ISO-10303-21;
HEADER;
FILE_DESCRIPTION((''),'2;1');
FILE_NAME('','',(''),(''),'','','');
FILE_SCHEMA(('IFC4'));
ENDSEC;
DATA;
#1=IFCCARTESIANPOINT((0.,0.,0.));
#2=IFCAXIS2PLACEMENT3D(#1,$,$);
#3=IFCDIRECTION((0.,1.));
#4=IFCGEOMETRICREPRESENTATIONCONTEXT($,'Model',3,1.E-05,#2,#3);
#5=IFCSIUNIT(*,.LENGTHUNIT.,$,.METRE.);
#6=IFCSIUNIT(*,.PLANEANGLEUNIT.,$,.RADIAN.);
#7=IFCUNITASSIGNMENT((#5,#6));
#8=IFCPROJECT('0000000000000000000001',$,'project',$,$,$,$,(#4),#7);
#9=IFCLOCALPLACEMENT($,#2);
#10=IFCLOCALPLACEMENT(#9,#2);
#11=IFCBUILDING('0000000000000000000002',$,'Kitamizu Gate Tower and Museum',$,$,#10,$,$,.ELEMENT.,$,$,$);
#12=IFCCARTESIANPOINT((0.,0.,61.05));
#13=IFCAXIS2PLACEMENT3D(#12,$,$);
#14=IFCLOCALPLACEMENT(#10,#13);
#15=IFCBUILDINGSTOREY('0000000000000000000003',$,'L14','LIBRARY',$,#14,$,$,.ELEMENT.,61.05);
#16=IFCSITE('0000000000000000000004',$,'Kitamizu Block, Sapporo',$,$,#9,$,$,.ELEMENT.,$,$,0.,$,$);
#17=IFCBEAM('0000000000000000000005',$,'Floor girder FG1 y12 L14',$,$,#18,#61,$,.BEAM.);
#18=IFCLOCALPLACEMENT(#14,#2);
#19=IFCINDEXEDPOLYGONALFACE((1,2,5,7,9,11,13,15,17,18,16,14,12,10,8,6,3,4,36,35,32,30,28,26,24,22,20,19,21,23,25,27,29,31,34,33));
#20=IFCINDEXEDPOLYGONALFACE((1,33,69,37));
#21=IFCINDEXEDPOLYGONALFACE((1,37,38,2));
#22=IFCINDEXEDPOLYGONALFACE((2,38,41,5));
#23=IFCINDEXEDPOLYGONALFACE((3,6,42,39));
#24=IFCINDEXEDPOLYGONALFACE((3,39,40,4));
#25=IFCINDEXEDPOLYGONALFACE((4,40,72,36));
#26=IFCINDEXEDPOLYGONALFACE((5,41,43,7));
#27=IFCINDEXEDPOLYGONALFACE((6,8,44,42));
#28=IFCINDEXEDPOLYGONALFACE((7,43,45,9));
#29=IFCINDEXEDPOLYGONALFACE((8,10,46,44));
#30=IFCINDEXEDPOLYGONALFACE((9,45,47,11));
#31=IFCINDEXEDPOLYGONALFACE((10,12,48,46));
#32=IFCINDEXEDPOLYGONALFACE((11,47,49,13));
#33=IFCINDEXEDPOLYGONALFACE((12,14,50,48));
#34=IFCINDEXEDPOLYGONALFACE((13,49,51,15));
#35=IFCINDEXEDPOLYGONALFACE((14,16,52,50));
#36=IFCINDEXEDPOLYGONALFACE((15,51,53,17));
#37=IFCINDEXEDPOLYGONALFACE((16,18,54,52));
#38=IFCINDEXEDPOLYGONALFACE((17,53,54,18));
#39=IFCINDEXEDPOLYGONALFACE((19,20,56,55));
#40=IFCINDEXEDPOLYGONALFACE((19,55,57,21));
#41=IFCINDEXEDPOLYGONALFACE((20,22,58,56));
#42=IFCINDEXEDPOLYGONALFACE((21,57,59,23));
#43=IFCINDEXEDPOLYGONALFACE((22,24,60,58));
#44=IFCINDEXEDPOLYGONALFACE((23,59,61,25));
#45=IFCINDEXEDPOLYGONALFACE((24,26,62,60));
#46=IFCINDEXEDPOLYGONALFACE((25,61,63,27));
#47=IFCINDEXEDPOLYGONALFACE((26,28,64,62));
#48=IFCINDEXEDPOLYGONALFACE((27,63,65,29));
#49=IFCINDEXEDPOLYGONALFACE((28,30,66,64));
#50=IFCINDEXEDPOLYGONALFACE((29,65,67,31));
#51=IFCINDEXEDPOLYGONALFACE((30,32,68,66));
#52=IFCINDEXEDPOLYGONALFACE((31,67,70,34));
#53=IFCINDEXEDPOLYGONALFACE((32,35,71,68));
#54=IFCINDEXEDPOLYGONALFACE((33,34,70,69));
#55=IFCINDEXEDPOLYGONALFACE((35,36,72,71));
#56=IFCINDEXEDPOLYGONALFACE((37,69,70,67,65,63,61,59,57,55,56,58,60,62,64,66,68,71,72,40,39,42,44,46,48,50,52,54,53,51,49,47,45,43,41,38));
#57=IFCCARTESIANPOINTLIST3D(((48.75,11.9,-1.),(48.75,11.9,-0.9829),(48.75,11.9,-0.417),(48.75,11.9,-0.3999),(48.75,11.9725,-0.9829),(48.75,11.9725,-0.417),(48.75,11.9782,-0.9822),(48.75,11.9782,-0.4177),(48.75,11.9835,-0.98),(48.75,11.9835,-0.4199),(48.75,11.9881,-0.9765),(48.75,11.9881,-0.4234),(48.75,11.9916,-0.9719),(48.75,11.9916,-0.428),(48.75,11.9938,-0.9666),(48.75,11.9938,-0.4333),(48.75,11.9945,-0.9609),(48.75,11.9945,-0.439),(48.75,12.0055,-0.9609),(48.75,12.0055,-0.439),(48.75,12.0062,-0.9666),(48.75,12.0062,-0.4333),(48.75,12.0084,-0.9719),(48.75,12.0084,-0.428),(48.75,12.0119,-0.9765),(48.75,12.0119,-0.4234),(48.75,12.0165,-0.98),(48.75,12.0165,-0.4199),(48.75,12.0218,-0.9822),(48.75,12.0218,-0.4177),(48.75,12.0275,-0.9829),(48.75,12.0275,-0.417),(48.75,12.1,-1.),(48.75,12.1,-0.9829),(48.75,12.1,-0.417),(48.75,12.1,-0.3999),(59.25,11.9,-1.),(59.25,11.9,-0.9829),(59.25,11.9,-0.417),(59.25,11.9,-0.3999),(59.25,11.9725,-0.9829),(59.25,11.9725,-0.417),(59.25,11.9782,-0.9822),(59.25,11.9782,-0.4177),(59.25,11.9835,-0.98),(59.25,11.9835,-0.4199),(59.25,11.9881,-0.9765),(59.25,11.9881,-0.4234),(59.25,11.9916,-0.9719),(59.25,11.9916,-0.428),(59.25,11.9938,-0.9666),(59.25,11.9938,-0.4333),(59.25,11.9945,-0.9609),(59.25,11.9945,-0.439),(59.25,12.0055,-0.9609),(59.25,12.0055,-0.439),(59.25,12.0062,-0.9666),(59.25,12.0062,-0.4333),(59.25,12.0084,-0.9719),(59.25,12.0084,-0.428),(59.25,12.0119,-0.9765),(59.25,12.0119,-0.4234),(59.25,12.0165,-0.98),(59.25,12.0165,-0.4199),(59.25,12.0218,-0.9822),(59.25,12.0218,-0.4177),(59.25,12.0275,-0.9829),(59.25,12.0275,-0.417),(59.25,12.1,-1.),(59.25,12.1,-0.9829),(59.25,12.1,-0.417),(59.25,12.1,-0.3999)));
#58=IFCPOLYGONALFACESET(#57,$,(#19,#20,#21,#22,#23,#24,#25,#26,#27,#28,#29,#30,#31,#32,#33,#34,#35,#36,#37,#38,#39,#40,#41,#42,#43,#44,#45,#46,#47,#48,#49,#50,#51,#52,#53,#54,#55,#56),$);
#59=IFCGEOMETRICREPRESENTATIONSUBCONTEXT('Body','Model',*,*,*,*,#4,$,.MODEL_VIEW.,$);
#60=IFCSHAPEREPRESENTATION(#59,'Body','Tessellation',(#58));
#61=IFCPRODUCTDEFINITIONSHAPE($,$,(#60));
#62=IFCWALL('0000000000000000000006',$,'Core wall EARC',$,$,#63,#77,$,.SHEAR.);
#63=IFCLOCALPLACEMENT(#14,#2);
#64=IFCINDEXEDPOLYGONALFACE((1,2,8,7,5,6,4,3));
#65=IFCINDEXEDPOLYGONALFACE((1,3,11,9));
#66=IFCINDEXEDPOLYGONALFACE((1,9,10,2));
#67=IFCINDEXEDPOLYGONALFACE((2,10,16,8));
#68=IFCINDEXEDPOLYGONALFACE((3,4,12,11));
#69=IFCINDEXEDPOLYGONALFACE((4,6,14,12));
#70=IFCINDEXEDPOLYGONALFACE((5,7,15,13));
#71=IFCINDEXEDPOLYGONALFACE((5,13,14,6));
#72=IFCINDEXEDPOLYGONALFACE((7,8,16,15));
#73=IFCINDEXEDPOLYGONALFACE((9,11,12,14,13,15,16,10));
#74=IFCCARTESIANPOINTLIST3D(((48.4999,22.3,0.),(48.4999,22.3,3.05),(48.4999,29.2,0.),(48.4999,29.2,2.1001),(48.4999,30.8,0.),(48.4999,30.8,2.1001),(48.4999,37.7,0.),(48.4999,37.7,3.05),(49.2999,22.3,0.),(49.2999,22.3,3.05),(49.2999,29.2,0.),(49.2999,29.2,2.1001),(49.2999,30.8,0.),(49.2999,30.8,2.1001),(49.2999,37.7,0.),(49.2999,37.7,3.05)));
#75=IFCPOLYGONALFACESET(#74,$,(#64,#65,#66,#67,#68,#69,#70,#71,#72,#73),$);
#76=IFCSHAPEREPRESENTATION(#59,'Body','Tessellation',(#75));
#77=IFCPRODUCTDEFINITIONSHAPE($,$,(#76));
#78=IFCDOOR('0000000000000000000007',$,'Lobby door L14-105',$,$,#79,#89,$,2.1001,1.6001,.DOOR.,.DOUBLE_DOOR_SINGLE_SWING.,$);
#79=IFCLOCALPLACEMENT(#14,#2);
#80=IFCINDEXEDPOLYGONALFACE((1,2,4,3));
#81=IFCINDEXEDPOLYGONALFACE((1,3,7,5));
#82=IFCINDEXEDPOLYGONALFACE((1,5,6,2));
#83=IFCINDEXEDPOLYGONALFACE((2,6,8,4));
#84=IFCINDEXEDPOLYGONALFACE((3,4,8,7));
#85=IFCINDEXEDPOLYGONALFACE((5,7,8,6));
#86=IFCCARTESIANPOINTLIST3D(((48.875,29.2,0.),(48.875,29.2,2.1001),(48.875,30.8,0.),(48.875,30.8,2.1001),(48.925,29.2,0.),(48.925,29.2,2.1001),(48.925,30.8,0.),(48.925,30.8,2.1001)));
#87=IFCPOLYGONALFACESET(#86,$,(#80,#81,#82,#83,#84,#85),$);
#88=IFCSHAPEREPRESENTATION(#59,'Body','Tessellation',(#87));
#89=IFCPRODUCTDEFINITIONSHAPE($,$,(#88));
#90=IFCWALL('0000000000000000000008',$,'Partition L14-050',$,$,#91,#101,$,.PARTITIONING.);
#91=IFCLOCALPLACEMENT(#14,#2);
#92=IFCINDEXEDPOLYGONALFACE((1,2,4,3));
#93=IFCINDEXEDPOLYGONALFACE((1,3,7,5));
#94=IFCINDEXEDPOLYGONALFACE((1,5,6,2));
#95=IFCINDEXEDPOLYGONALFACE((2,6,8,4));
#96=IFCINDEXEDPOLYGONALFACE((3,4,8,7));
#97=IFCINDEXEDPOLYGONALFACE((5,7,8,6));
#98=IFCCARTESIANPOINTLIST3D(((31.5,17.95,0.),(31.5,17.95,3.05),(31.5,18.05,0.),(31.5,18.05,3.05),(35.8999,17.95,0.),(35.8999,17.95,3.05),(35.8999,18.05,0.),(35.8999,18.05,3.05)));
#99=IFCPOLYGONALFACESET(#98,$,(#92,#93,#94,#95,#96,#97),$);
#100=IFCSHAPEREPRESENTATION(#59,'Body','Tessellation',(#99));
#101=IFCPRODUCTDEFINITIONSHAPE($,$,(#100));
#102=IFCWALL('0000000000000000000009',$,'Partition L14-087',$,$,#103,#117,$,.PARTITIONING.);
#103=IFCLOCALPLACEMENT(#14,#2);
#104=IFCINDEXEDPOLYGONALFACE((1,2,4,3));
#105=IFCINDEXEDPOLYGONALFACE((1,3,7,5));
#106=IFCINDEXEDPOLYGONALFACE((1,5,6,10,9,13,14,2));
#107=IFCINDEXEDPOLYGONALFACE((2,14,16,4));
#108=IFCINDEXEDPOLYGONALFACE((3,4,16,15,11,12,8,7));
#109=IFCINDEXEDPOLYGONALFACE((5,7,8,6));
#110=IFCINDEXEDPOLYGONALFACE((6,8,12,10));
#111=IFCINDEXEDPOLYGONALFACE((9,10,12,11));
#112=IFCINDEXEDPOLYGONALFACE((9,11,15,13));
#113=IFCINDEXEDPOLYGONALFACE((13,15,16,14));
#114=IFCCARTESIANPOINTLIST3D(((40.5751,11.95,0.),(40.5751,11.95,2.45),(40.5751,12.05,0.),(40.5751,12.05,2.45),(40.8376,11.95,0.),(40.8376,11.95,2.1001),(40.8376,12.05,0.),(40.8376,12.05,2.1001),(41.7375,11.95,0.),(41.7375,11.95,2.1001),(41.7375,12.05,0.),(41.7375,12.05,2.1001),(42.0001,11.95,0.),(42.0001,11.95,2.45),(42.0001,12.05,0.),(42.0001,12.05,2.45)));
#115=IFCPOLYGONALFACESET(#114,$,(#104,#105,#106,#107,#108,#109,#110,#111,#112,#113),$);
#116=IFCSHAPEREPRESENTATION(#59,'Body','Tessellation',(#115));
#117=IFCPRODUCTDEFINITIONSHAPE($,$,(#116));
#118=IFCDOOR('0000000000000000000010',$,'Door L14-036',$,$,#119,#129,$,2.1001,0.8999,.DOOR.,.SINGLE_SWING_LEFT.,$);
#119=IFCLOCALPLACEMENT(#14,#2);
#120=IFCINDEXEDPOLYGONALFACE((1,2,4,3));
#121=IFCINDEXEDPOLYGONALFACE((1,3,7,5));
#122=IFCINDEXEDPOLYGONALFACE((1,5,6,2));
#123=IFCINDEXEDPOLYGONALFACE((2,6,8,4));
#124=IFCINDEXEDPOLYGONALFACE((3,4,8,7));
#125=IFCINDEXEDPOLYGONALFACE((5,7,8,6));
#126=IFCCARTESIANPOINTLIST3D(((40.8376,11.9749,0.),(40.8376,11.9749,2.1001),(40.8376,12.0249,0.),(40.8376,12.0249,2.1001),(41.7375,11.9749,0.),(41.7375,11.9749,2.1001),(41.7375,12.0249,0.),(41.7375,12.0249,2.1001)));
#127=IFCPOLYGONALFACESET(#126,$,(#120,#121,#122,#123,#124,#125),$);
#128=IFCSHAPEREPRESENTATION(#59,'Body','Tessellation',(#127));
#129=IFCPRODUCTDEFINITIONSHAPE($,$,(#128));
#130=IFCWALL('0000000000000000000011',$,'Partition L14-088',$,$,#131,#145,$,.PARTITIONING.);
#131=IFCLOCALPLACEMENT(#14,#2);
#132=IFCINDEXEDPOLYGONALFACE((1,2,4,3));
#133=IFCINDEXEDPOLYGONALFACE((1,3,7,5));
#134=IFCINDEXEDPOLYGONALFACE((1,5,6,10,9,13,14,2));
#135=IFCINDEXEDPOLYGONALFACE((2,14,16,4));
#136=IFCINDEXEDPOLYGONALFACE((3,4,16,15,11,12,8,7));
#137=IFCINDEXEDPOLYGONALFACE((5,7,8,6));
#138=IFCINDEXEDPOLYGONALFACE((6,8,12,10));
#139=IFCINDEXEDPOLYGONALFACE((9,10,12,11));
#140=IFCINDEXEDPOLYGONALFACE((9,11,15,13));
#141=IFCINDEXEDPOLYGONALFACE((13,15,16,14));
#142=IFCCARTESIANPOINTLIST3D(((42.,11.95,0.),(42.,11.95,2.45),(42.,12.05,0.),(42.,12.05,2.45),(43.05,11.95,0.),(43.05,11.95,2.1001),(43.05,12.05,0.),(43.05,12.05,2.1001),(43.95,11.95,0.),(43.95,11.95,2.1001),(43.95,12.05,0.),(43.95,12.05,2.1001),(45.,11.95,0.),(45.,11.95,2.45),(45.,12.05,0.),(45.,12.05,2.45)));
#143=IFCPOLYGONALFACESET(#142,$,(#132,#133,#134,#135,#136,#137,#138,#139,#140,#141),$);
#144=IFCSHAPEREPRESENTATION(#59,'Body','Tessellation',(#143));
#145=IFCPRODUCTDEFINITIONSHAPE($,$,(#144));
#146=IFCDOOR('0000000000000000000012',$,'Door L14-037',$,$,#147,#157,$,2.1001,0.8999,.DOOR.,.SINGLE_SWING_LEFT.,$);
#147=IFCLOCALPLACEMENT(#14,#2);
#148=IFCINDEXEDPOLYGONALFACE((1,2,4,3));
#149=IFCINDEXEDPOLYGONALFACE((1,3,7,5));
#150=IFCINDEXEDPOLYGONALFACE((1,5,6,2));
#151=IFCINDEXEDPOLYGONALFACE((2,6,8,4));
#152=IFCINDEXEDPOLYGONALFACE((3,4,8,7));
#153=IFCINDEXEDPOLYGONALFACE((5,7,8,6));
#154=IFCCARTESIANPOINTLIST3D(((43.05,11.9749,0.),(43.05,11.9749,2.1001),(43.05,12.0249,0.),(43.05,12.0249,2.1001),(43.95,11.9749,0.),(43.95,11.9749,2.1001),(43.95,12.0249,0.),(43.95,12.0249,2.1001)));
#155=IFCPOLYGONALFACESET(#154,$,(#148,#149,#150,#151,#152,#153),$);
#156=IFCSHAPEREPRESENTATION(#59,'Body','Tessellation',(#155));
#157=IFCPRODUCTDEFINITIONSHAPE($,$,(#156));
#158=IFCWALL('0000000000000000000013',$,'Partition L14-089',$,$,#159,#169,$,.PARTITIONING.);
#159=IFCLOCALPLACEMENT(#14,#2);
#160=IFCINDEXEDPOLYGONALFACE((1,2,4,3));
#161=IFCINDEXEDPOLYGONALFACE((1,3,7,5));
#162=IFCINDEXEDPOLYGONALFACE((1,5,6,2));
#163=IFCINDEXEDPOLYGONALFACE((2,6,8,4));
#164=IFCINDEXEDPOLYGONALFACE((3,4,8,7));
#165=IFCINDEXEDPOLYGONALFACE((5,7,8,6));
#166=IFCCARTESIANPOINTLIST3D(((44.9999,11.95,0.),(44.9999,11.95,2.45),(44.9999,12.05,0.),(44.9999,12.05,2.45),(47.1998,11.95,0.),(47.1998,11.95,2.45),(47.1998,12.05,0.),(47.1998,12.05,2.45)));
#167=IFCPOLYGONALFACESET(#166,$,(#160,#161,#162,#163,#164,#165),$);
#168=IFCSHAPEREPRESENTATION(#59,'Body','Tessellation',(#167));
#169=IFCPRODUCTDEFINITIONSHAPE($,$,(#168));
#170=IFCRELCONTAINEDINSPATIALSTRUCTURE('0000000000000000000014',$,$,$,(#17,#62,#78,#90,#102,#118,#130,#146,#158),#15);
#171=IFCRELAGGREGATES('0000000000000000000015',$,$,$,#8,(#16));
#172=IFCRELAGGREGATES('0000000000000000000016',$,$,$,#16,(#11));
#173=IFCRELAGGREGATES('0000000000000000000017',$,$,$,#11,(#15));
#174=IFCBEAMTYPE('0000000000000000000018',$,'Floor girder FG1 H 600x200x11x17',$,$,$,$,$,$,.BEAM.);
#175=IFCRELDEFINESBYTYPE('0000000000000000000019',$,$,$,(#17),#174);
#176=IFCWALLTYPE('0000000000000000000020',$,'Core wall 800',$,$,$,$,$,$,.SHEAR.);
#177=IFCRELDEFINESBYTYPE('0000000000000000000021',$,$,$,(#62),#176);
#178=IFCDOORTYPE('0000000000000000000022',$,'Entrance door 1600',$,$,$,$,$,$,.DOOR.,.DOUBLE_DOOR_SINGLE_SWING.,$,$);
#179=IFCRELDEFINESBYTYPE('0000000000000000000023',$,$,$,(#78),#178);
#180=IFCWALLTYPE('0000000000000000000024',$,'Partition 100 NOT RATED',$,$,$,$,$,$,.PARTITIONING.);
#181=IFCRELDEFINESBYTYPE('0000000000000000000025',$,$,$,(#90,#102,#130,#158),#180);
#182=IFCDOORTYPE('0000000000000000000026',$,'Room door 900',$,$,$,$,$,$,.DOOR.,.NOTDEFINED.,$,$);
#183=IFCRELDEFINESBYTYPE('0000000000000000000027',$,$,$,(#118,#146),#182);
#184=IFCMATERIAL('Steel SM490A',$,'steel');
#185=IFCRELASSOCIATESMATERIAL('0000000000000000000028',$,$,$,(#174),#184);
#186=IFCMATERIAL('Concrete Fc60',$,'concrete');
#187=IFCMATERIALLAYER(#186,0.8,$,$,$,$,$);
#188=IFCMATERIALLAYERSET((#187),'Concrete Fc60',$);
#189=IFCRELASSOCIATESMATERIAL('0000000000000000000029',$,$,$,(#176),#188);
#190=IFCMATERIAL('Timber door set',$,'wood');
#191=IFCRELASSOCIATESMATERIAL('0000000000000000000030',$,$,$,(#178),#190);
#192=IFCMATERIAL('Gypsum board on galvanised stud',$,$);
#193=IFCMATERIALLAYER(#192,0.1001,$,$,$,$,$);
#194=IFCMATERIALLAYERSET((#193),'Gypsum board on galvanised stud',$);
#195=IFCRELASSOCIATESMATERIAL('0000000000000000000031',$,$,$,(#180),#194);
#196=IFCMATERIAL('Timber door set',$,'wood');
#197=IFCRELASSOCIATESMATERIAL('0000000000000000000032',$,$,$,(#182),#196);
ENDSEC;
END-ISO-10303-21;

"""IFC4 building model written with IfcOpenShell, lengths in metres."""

from ifc_helpers import new_model, si_unit, direction, frame, frame_2d, origin, origin_2d, place, context, subcontext, project, spatial, rectangle, i_section, extrude, material, layer, layer_set, material_profile, profile_set, type_object, element, fill, save


model = new_model("IFC4")

# Units and contexts
model_context = context("Model", 3, precision=1e-05, world=origin(), true_north=direction((0.0, 1.0)))
body_context = subcontext(model_context, "Body", "Model", "MODEL_VIEW")
ifc_project = project(units=[si_unit("LENGTHUNIT", "METRE"), si_unit("PLANEANGLEUNIT", "RADIAN")], contexts=[model_context])

# Site, building, storey
site_placement = place(None, origin())
site = spatial("IfcSite", under=ifc_project, at=site_placement, Name="Kitamizu Block, Sapporo", CompositionType="ELEMENT", RefElevation=0.0)
building_placement = place(site_placement, origin())
building = spatial("IfcBuilding", under=site, at=building_placement, Name="Kitamizu Gate Tower and Museum", CompositionType="ELEMENT")
storey_placement = place(building_placement, frame((0.0, 0.0, 61.05)))
storey = spatial("IfcBuildingStorey", under=building, at=storey_placement, Name="L14", Description="LIBRARY", CompositionType="ELEMENT", Elevation=61.05)

# Beam
ifc_material_1 = material(Name="Steel SM490A", Category="steel")
ifc_material_profile_1 = material_profile(ifc_material_1, i_section(OverallWidth=0.2, OverallDepth=0.6001, WebThickness=0.011, FlangeThickness=0.0171, FilletRadius=0.022, at=origin_2d()), Name="H-600x200x11x17")
ifc_profile_set_1 = profile_set([ifc_material_profile_1], Name="Steel SM490A")
beam_type_1 = type_object("IfcBeamType", Name="Floor girder FG1 H 600x200x11x17", PredefinedType="BEAM", material=ifc_profile_set_1)
for number, where, z_axis, x_axis, name in (
    (1, (48.75, 12.0, -0.7), (1.0, 0.0, 0.0), (0.0, 1.0, 0.0), "Floor girder FG1 y12 L14"),
):
    element("IfcBeam", number, at=place(storey_placement, frame(where, z_axis=z_axis, x_axis=x_axis)), inside=storey, type_object=beam_type_1, Name=name, PredefinedType="BEAM", context=body_context, shape_type="SweptSolid", body=[
        extrude(i_section(OverallWidth=0.2, OverallDepth=0.6001, WebThickness=0.011, FlangeThickness=0.0171, FilletRadius=0.022, at=origin_2d()), origin(), (0.0, 0.0, 1.0), 10.5),
    ])

# Wall, opening, door
ifc_material_2 = material(Name="Concrete Fc60", Category="concrete")
ifc_layer_1 = layer(ifc_material_2, 0.8)
ifc_layer_set_1 = layer_set([ifc_layer_1], Name="Concrete Fc60")
wall_type_1 = type_object("IfcWallType", Name="Core wall 800", PredefinedType="SHEAR", material=ifc_layer_set_1)
wall_1_placement = place(storey_placement, frame((48.8999, 22.3, 0.0), z_axis=(0.0, 0.0, 1.0), x_axis=(0.0, 1.0, 0.0)))
wall_1 = element("IfcWall", 2, at=wall_1_placement, inside=storey, type_object=wall_type_1, Name="Core wall EARC", PredefinedType="SHEAR", context=body_context, shape_type="SweptSolid", body=[
    extrude(rectangle(XDim=15.3999, YDim=0.8, at=frame_2d((7.7, 0.0))), origin(), (0.0, 0.0, 1.0), 3.05),
])
opening_1_placement = place(wall_1_placement, frame((6.8999, 0.0, 0.0)))
opening_1 = element("IfcOpeningElement", 3, at=opening_1_placement, cuts=wall_1, PredefinedType="OPENING", context=body_context, shape_type="SweptSolid", body=[
    extrude(rectangle(XDim=1.6001, YDim=2.1001, at=frame_2d((0.8, 1.05))), frame((0.0, 0.4102, 0.0), z_axis=(0.0, -1.0, 0.0), x_axis=(1.0, 0.0, 0.0)), (0.0, 0.0, 1.0), 0.8201),
])
ifc_material_3 = material(Name="Timber door set", Category="wood")
door_type_1 = type_object("IfcDoorType", Name="Entrance door 1600", OperationType="DOUBLE_DOOR_SINGLE_SWING", PredefinedType="DOOR", material=ifc_material_3)
door_1_placement = place(opening_1_placement, origin())
door_1 = element("IfcDoor", 4, at=door_1_placement, inside=storey, type_object=door_type_1, Name="Lobby door L14-105", OperationType="DOUBLE_DOOR_SINGLE_SWING", OverallHeight=2.1001, OverallWidth=1.6001, PredefinedType="DOOR", context=body_context, shape_type="SweptSolid", body=[
    extrude(rectangle(XDim=1.6001, YDim=2.1001, at=frame_2d((0.8, 1.05))), frame((0.0, 0.0249, 0.0), z_axis=(0.0, -1.0, 0.0), x_axis=(1.0, 0.0, 0.0)), (0.0, 0.0, 1.0), 0.05),
])
fill(opening_1, door_1)

# Wall
ifc_material_4 = material(Name="Gypsum board on galvanised stud")
ifc_layer_2 = layer(ifc_material_4, 0.1001)
ifc_layer_set_2 = layer_set([ifc_layer_2], Name="Gypsum board on galvanised stud")
wall_type_2 = type_object("IfcWallType", Name="Partition 100 NOT RATED", PredefinedType="PARTITIONING", material=ifc_layer_set_2)
wall_2_placement = place(storey_placement, frame((35.8999, 18.0, 0.0), z_axis=(0.0, 0.0, 1.0), x_axis=(-1.0, 0.0, 0.0)))
element("IfcWall", 5, at=wall_2_placement, inside=storey, type_object=wall_type_2, Name="Partition L14-050", PredefinedType="PARTITIONING", context=body_context, shape_type="SweptSolid", body=[
    extrude(rectangle(XDim=4.3999, YDim=0.1001, at=frame_2d((2.2, 0.0))), origin(), (0.0, 0.0, 1.0), 3.05),
])

# Walls, openings, doors
wall_3_placement = place(storey_placement, frame((42.0, 12.0, 0.0), z_axis=(0.0, 0.0, 1.0), x_axis=(-1.0, 0.0, 0.0)))
wall_3 = element("IfcWall", 6, at=wall_3_placement, inside=storey, type_object=wall_type_2, Name="Partition L14-087", PredefinedType="PARTITIONING", context=body_context, shape_type="SweptSolid", body=[
    extrude(rectangle(XDim=1.425, YDim=0.1001, at=frame_2d((0.7124, 0.0))), origin(), (0.0, 0.0, 1.0), 2.45),
])
opening_2_placement = place(wall_3_placement, frame((0.2625, 0.0, 0.0)))
opening_2 = element("IfcOpeningElement", 7, at=opening_2_placement, cuts=wall_3, PredefinedType="OPENING", context=body_context, shape_type="SweptSolid", body=[
    extrude(rectangle(XDim=0.8999, YDim=2.1001, at=frame_2d((0.45, 1.05))), frame((0.0, 0.0601, 0.0), z_axis=(0.0, -1.0, 0.0), x_axis=(1.0, 0.0, 0.0)), (0.0, 0.0, 1.0), 0.1201),
])
ifc_material_5 = material(Name="Timber door set", Category="wood")
door_type_2 = type_object("IfcDoorType", Name="Room door 900", OperationType="NOTDEFINED", PredefinedType="DOOR", material=ifc_material_5)
door_2_placement = place(opening_2_placement, frame((0.8999, 0.0, 0.0), x_axis=(-1.0, 0.0, 0.0)))
door_2 = element("IfcDoor", 8, at=door_2_placement, inside=storey, type_object=door_type_2, Name="Door L14-036", OperationType="SINGLE_SWING_LEFT", OverallHeight=2.1001, OverallWidth=0.8999, PredefinedType="DOOR", context=body_context, shape_type="SweptSolid", body=[
    extrude(rectangle(XDim=0.8999, YDim=2.1001, at=frame_2d((0.45, 1.05))), frame((0.0, 0.0249, 0.0), z_axis=(0.0, -1.0, 0.0), x_axis=(1.0, 0.0, 0.0)), (0.0, 0.0, 1.0), 0.05),
])
fill(opening_2, door_2)
wall_4_placement = place(storey_placement, frame((45.0, 12.0, 0.0), z_axis=(0.0, 0.0, 1.0), x_axis=(-1.0, 0.0, 0.0)))
wall_4 = element("IfcWall", 9, at=wall_4_placement, inside=storey, type_object=wall_type_2, Name="Partition L14-088", PredefinedType="PARTITIONING", context=body_context, shape_type="SweptSolid", body=[
    extrude(rectangle(XDim=3.0, YDim=0.1001, at=frame_2d((1.5, 0.0))), origin(), (0.0, 0.0, 1.0), 2.45),
])
opening_3_placement = place(wall_4_placement, frame((1.05, 0.0, 0.0)))
opening_3 = element("IfcOpeningElement", 10, at=opening_3_placement, cuts=wall_4, PredefinedType="OPENING", context=body_context, shape_type="SweptSolid", body=[
    extrude(rectangle(XDim=0.8999, YDim=2.1001, at=frame_2d((0.45, 1.05))), frame((0.0, 0.0601, 0.0), z_axis=(0.0, -1.0, 0.0), x_axis=(1.0, 0.0, 0.0)), (0.0, 0.0, 1.0), 0.1201),
])
door_3_placement = place(opening_3_placement, frame((0.8999, 0.0, 0.0), x_axis=(-1.0, 0.0, 0.0)))
door_3 = element("IfcDoor", 11, at=door_3_placement, inside=storey, type_object=door_type_2, Name="Door L14-037", OperationType="SINGLE_SWING_LEFT", OverallHeight=2.1001, OverallWidth=0.8999, PredefinedType="DOOR", context=body_context, shape_type="SweptSolid", body=[
    extrude(rectangle(XDim=0.8999, YDim=2.1001, at=frame_2d((0.45, 1.05))), frame((0.0, 0.0249, 0.0), z_axis=(0.0, -1.0, 0.0), x_axis=(1.0, 0.0, 0.0)), (0.0, 0.0, 1.0), 0.05),
])
fill(opening_3, door_3)

# Wall
wall_5_placement = place(storey_placement, frame((47.2, 12.0, 0.0), z_axis=(0.0, 0.0, 1.0), x_axis=(-1.0, 0.0, 0.0)))
element("IfcWall", 12, at=wall_5_placement, inside=storey, type_object=wall_type_2, Name="Partition L14-089", PredefinedType="PARTITIONING", context=body_context, shape_type="SweptSolid", body=[
    extrude(rectangle(XDim=2.2, YDim=0.1001, at=frame_2d((1.1001, 0.0))), origin(), (0.0, 0.0, 1.0), 2.45),
])

save(model, "model.ifc")
